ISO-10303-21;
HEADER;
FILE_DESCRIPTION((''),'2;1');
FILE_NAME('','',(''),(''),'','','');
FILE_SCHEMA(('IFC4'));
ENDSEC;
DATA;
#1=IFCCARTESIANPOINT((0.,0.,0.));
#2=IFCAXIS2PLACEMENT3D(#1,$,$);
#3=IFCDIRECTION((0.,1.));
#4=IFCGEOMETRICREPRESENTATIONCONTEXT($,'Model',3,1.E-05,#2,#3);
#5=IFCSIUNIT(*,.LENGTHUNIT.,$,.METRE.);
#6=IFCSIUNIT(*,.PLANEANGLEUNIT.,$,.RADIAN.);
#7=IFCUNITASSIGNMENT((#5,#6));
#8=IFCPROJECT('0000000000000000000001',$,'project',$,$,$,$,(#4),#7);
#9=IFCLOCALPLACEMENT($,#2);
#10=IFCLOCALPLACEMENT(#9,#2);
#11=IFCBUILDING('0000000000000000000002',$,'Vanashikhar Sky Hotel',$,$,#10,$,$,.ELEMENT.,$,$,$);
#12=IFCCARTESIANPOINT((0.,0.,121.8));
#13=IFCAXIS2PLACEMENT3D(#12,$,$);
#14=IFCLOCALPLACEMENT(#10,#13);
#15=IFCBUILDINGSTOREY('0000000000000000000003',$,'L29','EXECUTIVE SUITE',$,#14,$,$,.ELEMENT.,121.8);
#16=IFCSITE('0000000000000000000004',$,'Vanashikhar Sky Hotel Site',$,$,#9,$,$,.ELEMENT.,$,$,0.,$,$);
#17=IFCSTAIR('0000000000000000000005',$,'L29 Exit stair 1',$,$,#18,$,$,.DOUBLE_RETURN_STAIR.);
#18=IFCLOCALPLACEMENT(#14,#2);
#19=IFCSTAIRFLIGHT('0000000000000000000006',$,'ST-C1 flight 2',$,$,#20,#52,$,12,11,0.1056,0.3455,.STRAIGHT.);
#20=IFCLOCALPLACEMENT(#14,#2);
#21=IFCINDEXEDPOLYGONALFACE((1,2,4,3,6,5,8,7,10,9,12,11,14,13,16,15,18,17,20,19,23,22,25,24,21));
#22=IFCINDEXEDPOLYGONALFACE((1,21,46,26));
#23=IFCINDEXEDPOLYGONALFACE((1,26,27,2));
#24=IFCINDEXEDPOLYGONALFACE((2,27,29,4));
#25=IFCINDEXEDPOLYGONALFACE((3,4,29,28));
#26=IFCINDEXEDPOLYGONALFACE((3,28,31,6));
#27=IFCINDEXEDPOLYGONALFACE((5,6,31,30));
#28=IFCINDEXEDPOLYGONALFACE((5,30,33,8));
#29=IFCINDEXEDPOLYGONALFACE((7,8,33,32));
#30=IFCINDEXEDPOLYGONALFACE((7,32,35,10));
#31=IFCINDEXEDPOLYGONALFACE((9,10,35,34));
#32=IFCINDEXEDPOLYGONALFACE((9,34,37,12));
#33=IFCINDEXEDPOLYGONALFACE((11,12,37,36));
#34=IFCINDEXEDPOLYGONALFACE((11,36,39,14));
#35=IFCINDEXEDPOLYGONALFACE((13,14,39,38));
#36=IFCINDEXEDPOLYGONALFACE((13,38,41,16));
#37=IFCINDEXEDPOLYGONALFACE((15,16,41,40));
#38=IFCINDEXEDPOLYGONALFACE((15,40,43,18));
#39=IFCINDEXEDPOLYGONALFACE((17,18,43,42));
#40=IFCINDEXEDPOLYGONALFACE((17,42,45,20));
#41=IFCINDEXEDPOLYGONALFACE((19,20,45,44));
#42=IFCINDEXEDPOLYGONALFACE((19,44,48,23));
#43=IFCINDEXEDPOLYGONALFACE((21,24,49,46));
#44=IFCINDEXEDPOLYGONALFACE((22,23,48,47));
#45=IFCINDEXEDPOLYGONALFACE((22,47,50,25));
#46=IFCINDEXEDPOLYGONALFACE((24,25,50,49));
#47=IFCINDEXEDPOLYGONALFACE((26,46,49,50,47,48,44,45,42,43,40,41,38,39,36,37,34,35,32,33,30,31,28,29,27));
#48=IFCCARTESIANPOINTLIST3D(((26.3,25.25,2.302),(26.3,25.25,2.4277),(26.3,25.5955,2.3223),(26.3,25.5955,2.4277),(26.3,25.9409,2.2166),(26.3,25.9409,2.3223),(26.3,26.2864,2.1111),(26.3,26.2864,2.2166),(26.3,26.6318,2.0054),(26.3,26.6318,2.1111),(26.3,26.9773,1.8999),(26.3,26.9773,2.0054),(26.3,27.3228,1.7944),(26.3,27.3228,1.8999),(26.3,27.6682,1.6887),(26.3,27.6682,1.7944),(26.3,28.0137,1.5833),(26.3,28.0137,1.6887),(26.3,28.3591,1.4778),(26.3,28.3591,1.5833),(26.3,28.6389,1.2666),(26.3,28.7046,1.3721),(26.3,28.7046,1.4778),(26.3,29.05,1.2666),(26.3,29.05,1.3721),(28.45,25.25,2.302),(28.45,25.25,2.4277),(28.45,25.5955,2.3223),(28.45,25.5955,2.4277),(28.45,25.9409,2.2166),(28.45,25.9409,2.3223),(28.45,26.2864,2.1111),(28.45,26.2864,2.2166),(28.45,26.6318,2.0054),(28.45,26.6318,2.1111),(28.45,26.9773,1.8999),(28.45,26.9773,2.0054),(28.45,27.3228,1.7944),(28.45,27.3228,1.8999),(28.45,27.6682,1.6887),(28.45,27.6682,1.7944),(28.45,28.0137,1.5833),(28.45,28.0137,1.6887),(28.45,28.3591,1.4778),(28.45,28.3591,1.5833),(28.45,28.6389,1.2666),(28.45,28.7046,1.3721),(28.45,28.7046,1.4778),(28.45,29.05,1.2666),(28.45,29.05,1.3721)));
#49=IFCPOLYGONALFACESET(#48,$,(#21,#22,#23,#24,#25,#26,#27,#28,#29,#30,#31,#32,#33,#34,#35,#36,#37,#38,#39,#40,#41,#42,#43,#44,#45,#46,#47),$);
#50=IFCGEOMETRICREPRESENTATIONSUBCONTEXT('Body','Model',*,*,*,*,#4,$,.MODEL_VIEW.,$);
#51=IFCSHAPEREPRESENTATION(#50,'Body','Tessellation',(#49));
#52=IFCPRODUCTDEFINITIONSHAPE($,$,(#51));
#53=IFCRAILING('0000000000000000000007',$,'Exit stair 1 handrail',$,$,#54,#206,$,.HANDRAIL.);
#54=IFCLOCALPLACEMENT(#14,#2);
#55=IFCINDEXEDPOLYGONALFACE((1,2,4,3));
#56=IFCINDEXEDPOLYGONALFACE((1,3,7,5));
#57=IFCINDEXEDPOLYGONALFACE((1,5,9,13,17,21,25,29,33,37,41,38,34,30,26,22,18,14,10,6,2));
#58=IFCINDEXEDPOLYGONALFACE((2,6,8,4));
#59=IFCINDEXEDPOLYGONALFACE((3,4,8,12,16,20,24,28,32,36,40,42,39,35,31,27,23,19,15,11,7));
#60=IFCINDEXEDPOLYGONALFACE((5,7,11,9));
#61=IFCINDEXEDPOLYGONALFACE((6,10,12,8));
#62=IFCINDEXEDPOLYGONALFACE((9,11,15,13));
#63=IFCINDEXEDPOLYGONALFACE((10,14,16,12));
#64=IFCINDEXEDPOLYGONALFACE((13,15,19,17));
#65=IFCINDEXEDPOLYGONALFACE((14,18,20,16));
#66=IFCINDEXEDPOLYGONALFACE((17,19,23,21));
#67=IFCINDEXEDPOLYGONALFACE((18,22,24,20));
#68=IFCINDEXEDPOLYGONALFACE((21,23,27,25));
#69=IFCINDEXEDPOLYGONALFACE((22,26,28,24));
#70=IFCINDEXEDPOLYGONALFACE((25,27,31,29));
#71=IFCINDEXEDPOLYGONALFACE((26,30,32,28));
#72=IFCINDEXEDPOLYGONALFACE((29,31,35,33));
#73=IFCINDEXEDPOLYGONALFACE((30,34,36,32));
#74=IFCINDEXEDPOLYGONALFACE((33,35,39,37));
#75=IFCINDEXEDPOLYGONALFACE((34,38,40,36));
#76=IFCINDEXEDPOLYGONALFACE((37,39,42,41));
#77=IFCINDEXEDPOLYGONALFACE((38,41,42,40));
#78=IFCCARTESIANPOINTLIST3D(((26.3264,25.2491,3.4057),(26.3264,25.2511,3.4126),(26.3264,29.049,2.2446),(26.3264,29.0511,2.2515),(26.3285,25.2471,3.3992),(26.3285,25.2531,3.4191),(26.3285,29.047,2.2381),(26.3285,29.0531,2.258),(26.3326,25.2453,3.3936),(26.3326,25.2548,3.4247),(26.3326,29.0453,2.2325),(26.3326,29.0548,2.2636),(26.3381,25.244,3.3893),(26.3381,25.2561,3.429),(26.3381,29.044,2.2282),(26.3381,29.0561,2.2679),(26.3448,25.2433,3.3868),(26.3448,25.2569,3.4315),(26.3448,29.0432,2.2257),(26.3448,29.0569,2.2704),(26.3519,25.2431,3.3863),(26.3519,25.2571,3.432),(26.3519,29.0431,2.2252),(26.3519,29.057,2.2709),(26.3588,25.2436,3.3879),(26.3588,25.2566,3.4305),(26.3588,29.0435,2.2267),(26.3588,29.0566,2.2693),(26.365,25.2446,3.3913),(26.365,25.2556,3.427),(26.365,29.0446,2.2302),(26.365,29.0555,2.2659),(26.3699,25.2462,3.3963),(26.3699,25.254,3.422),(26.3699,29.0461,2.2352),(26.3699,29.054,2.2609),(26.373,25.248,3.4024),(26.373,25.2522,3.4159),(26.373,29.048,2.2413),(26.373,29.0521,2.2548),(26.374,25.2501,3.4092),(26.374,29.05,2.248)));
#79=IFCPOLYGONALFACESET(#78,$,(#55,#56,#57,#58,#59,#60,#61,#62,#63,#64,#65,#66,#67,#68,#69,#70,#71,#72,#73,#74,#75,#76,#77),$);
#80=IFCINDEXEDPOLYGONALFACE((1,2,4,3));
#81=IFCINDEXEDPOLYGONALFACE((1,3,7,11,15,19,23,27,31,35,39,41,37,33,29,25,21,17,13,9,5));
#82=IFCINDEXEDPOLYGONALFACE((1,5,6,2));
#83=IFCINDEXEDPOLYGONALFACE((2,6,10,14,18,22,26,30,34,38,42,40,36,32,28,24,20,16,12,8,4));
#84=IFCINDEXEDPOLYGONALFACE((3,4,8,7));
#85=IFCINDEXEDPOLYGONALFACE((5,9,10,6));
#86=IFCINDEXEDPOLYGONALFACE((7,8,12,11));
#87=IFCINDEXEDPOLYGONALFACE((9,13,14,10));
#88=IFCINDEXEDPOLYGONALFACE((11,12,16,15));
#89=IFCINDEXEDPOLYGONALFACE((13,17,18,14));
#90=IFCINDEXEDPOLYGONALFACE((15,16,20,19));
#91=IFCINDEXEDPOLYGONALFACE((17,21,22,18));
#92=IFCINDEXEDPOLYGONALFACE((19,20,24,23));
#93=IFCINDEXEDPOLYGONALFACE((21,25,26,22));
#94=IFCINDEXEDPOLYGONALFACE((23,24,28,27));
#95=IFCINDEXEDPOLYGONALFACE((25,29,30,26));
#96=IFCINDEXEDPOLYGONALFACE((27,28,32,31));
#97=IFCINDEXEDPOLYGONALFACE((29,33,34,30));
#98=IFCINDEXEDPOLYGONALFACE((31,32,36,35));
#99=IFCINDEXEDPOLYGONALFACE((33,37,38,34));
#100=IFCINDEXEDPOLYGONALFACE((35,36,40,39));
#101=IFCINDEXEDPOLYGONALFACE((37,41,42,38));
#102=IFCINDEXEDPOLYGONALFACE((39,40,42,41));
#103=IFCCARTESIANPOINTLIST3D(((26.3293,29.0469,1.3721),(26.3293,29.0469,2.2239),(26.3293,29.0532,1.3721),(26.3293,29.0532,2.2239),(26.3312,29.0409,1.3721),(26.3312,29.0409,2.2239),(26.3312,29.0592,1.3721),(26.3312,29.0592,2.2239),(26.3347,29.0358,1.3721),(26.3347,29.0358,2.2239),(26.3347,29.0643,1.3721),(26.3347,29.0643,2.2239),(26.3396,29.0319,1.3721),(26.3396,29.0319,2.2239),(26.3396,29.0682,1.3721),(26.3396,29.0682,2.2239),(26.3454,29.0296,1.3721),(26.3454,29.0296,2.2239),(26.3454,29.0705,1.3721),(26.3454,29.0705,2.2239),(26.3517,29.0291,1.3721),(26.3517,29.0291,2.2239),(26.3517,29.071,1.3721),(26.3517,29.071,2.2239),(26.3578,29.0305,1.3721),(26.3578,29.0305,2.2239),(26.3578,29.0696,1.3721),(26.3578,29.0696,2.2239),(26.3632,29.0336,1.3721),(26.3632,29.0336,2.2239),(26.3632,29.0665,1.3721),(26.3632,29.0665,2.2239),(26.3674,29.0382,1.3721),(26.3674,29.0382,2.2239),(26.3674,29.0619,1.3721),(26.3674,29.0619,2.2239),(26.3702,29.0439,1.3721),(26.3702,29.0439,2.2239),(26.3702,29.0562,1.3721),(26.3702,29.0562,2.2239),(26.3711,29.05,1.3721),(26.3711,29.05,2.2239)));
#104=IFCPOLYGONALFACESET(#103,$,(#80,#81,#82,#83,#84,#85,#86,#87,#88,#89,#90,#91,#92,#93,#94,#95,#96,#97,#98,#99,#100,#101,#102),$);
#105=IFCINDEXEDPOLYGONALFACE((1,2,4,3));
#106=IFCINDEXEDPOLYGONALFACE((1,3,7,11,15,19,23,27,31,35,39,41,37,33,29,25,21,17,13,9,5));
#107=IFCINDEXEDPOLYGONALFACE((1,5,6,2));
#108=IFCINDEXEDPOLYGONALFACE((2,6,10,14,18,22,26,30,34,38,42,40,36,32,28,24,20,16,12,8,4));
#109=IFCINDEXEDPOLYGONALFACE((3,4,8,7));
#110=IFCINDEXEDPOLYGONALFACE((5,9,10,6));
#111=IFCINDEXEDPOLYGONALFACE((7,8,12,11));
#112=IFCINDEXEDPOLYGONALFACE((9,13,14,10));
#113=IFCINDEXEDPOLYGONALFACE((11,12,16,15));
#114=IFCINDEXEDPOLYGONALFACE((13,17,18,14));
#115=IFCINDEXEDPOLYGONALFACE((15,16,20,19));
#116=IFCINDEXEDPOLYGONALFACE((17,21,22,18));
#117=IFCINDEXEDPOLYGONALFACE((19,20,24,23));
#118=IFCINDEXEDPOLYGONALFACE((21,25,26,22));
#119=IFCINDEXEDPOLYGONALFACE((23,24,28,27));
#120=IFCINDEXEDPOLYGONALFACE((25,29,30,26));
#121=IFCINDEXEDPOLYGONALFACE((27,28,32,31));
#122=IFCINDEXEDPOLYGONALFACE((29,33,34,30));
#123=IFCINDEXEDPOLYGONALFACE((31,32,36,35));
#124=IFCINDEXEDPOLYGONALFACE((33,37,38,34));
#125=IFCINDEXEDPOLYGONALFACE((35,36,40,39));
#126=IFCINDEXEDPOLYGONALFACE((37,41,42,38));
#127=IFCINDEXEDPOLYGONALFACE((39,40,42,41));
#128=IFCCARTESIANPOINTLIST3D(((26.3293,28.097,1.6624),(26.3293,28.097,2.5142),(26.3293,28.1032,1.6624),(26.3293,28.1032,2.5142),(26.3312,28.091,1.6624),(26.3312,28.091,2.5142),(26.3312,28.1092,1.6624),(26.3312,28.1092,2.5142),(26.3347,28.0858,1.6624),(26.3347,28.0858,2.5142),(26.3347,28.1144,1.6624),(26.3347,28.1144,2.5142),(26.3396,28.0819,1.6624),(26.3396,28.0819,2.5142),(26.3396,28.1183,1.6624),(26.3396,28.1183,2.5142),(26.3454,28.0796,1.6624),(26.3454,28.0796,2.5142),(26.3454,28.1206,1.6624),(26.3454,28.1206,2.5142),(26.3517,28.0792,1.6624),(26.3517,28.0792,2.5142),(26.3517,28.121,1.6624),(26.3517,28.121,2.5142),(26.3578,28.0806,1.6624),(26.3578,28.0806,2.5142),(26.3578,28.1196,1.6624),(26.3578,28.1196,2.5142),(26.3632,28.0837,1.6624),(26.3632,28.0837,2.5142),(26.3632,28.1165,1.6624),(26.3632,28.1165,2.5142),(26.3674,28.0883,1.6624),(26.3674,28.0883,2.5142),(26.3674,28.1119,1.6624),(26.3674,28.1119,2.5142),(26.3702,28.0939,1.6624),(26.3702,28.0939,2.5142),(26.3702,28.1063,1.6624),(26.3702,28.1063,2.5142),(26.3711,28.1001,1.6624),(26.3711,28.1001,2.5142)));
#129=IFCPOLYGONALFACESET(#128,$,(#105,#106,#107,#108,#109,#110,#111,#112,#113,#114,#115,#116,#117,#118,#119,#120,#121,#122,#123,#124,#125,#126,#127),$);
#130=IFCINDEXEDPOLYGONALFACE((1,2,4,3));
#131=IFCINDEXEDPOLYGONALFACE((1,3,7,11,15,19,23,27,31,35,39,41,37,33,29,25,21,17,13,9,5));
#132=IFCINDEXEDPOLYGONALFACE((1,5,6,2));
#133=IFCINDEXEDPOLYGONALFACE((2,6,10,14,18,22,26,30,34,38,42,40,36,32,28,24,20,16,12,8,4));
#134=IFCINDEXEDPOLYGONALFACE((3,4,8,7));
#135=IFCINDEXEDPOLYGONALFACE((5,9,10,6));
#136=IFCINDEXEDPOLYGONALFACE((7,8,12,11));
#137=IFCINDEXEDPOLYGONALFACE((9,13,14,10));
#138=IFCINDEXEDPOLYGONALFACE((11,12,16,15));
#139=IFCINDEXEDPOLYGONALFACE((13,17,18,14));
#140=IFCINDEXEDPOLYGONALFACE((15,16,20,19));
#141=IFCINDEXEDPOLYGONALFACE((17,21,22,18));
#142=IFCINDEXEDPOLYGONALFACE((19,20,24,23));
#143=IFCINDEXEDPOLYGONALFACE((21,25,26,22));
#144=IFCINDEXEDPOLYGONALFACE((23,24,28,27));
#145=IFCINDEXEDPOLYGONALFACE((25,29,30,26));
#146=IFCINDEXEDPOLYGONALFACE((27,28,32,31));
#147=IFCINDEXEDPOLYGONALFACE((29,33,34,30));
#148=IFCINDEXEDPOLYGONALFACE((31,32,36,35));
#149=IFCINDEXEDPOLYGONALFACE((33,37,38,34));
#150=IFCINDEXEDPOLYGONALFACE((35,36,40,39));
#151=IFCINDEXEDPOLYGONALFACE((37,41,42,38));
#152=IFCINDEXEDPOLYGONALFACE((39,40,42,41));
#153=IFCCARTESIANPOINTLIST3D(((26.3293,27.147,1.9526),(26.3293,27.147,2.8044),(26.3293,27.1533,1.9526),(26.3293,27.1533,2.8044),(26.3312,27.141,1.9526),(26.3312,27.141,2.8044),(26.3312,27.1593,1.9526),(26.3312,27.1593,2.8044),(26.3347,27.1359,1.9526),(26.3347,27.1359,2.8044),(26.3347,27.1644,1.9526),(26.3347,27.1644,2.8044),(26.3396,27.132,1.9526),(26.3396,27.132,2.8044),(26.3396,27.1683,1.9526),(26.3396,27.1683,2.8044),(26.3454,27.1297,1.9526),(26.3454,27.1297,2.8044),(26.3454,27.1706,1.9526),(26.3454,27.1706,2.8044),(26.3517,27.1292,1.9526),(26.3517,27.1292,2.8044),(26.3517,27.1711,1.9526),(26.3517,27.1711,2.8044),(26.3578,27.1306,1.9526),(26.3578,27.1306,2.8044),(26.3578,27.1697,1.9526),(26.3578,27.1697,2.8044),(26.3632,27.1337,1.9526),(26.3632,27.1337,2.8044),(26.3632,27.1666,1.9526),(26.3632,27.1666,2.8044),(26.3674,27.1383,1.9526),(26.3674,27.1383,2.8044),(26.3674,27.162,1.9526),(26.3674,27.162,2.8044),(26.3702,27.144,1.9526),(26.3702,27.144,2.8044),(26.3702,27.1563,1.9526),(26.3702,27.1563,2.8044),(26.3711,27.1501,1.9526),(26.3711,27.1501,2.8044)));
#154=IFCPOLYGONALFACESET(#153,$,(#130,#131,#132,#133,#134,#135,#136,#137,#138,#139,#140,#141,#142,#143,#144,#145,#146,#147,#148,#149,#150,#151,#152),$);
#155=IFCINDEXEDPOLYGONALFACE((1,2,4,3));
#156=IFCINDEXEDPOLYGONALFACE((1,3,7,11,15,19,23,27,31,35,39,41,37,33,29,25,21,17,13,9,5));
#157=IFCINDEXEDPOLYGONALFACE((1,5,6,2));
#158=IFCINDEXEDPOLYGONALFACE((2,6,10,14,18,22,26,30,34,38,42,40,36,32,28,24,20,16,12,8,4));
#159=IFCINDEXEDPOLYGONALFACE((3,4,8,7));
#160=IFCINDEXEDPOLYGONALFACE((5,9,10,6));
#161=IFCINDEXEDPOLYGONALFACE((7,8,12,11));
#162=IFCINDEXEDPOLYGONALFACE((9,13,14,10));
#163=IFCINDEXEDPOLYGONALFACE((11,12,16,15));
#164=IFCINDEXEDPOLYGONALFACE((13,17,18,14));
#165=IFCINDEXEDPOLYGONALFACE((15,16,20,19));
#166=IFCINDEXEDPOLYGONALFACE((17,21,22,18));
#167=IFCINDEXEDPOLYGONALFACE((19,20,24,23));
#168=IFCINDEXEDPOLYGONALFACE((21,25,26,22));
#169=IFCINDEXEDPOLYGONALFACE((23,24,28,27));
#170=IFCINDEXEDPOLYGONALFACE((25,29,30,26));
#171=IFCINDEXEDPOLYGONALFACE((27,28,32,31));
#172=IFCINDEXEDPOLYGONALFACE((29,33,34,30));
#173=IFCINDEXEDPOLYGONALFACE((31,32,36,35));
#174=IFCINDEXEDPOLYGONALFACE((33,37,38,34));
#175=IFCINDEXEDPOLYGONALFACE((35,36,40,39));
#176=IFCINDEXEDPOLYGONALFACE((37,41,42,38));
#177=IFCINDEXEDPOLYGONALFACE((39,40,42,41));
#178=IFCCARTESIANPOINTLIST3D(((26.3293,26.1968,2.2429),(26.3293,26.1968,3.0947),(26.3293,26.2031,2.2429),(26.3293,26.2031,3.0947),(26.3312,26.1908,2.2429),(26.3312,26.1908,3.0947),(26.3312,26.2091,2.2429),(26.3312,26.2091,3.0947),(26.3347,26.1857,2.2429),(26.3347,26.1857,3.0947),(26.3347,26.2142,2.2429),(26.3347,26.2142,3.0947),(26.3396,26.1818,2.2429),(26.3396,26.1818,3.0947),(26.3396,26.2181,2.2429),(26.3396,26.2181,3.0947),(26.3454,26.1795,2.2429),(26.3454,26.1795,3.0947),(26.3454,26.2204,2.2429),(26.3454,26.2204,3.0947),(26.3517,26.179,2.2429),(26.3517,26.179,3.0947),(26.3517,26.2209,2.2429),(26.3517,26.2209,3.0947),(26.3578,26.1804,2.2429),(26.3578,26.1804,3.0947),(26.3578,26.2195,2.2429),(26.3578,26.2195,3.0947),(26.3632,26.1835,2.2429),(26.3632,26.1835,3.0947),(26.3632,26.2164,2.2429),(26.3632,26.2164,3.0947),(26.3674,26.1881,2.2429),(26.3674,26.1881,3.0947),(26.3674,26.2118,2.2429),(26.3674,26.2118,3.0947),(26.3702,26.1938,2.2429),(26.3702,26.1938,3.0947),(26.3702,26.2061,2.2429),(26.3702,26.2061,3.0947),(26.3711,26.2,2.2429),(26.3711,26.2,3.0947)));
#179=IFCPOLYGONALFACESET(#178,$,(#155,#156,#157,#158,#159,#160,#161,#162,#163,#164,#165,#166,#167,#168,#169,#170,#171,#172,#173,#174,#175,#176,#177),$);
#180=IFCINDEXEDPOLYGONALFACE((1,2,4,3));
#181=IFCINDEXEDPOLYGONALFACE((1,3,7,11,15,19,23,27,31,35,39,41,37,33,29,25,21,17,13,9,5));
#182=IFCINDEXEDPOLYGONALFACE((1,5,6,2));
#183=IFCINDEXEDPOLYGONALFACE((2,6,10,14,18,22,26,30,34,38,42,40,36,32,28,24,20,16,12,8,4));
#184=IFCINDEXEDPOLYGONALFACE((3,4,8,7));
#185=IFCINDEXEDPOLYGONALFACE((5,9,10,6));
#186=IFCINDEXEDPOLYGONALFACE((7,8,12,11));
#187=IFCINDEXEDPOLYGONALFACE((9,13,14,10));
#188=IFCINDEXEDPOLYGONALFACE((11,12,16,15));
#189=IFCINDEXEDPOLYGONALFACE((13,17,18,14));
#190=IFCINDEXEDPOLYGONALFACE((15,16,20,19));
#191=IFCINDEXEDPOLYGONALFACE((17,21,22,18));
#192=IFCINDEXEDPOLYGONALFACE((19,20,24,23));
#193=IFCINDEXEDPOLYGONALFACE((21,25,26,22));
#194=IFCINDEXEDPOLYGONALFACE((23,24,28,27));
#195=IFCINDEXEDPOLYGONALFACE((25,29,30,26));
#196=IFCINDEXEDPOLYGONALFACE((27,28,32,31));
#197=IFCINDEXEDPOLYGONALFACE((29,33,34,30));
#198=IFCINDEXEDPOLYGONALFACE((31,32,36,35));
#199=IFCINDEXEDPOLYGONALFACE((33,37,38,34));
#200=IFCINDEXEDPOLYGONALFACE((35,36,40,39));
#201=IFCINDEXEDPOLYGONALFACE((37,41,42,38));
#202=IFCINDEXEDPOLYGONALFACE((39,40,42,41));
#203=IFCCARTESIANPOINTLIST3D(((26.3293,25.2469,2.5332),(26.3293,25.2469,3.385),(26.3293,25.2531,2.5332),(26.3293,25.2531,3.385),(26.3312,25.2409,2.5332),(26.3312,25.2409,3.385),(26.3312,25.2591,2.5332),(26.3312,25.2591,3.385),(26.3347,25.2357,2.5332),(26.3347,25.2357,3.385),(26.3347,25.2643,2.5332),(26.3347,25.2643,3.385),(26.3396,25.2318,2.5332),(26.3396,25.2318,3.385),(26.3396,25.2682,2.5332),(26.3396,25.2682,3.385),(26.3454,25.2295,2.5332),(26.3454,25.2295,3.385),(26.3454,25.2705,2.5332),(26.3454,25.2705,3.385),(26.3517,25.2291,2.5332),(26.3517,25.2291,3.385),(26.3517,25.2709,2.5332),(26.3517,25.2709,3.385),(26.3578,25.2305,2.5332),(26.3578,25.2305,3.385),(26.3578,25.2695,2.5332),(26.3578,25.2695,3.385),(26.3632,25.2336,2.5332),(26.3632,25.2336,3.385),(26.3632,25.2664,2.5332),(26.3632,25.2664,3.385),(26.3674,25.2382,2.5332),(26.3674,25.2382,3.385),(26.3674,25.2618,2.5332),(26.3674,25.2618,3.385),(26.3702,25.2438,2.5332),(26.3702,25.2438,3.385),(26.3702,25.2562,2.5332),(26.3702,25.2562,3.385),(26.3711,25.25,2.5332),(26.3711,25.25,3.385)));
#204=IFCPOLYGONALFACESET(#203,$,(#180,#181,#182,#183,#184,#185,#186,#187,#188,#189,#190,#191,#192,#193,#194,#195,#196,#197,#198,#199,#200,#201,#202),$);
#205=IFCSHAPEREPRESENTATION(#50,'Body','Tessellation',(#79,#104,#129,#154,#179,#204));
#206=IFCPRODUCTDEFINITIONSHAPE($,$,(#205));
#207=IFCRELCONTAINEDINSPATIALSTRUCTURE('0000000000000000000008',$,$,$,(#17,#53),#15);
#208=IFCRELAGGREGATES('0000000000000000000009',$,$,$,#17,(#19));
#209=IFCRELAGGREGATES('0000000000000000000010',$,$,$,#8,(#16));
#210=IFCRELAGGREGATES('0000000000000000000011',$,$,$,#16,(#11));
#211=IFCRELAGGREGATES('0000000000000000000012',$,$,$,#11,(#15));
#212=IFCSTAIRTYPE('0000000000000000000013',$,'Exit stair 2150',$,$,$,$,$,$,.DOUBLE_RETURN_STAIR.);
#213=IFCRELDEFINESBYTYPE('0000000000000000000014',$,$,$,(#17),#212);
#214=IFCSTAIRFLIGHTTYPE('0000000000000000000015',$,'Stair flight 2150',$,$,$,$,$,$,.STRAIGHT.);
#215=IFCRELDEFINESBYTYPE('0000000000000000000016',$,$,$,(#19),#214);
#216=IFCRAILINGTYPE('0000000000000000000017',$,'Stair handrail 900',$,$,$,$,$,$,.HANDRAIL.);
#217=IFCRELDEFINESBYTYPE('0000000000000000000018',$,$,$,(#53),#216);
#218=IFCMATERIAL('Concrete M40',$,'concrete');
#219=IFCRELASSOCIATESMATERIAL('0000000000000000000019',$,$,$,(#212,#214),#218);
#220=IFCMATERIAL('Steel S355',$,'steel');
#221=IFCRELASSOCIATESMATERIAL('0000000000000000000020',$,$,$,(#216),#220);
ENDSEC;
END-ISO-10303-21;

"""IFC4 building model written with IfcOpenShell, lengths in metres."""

from ifc_helpers import new_model, si_unit, direction, frame, origin, origin_2d, place, context, subcontext, project, spatial, polyline, circle, outline, extrude, source, transform, mapped, material, type_object, element, aggregate, save


model = new_model("IFC4")

# Units and contexts
model_context = context("Model", 3, precision=1e-05, world=origin(), true_north=direction((0.0, 1.0)))
body_context = subcontext(model_context, "Body", "Model", "MODEL_VIEW")
ifc_project = project(units=[si_unit("LENGTHUNIT", "METRE"), si_unit("PLANEANGLEUNIT", "RADIAN")], contexts=[model_context])

# Site, building, storey
site_placement = place(None, origin())
site = spatial("IfcSite", under=ifc_project, at=site_placement, Name="Vanashikhar Sky Hotel Site", CompositionType="ELEMENT", RefElevation=0.0)
building_placement = place(site_placement, origin())
building = spatial("IfcBuilding", under=site, at=building_placement, Name="Vanashikhar Sky Hotel", CompositionType="ELEMENT")
storey_placement = place(building_placement, frame((0.0, 0.0, 121.8)))
storey = spatial("IfcBuildingStorey", under=building, at=storey_placement, Name="L29", Description="EXECUTIVE SUITE", CompositionType="ELEMENT", Elevation=121.8)

# Stair, stair flight
ifc_material_1 = material(Name="Concrete M40", Category="concrete")
stair_type = type_object("IfcStairType", Name="Exit stair 2150", PredefinedType="DOUBLE_RETURN_STAIR", material=ifc_material_1)
stair_placement = place(storey_placement, origin())
stair = element("IfcStair", 1, at=stair_placement, inside=storey, type_object=stair_type, Name="L29 Exit stair 1", PredefinedType="DOUBLE_RETURN_STAIR")
stair_flight_type = type_object("IfcStairFlightType", Name="Stair flight 2150", PredefinedType="STRAIGHT", material=ifc_material_1)
shared_shape_1 = source(origin(), body_context, "Body", "SweptSolid", [
    extrude(outline(polyline([(0.0, 0.0), (0.0, 0.1055), (0.3455, 0.1055), (0.3455, 0.2112), (0.6909, 0.2112), (0.6909, 0.3167), (1.0364, 0.3167), (1.0364, 0.4221), (1.3818, 0.4221), (1.3818, 0.5278), (1.7273, 0.5278), (1.7273, 0.6333), (2.0728, 0.6333), (2.0728, 0.7388), (2.4182, 0.7388), (2.4182, 0.8445), (2.7637, 0.8445), (2.7637, 0.95), (3.1091, 0.95), (3.1091, 1.0557), (3.4546, 1.0557), (3.4546, 1.1611), (3.8, 1.1611), (3.8, 1.2666), (3.8, 1.0354), (0.4111, 0.0), (0.0, 0.0)])), frame((0.0, 1.075, 0.0), z_axis=(0.0, -1.0, 0.0), x_axis=(1.0, 0.0, 0.0)), (0.0, 0.0, 1.0), 2.1499),
])
stair_flight_1_placement = place(storey_placement, frame((27.375, 29.05, 1.2666), z_axis=(0.0, 0.0, 1.0), x_axis=(0.0, -1.0, 0.0)))
stair_flight_1 = element("IfcStairFlight", 2, at=stair_flight_1_placement, type_object=stair_flight_type, Name="ST-C1 flight 2", NumberOfRisers=12, NumberOfTreads=11, PredefinedType="STRAIGHT", RiserHeight=0.1056, TreadLength=0.3455, context=body_context, shape_type="MappedRepresentation", body=[
    mapped(shared_shape_1, transform((0.0, 0.0, 0.0), scale=1.0)),
])
aggregate(stair, [stair_flight_1])

# Railing
ifc_material_2 = material(Name="Steel S355", Category="steel")
railing_type_1 = type_object("IfcRailingType", Name="Stair handrail 900", PredefinedType="HANDRAIL", material=ifc_material_2)
shared_shape_2 = source(origin(), body_context, "Body", "SweptSolid", [
    extrude(circle(Radius=0.0239, at=origin_2d()), frame((0.0, 0.0, 0.876), z_axis=(0.0, -0.956351, 0.29222), x_axis=(1.0, 0.0, 0.0)), (0.0, 0.0, 1.0), 3.9734),
    extrude(circle(Radius=0.021, at=origin_2d()), origin(), (0.0, 0.0, 1.0), 0.8518),
    extrude(circle(Radius=0.021, at=origin_2d()), frame((0.0, -0.95, 0.2903)), (0.0, 0.0, 1.0), 0.8518),
    extrude(circle(Radius=0.021, at=origin_2d()), frame((0.0, -1.8999, 0.5806)), (0.0, 0.0, 1.0), 0.8518),
    extrude(circle(Radius=0.021, at=origin_2d()), frame((0.0, -2.8501, 0.8708)), (0.0, 0.0, 1.0), 0.8518),
    extrude(circle(Radius=0.021, at=origin_2d()), frame((0.0, -3.8, 1.1611)), (0.0, 0.0, 1.0), 0.8518),
])
railing_1_placement = place(storey_placement, frame((26.3501, 29.05, 1.3721)))
element("IfcRailing", 3, at=railing_1_placement, inside=storey, type_object=railing_type_1, Name="Exit stair 1 handrail", PredefinedType="HANDRAIL", context=body_context, shape_type="MappedRepresentation", body=[
    mapped(shared_shape_2, transform((0.0, 0.0, 0.0), scale=1.0)),
])

save(model, "model.ifc")
